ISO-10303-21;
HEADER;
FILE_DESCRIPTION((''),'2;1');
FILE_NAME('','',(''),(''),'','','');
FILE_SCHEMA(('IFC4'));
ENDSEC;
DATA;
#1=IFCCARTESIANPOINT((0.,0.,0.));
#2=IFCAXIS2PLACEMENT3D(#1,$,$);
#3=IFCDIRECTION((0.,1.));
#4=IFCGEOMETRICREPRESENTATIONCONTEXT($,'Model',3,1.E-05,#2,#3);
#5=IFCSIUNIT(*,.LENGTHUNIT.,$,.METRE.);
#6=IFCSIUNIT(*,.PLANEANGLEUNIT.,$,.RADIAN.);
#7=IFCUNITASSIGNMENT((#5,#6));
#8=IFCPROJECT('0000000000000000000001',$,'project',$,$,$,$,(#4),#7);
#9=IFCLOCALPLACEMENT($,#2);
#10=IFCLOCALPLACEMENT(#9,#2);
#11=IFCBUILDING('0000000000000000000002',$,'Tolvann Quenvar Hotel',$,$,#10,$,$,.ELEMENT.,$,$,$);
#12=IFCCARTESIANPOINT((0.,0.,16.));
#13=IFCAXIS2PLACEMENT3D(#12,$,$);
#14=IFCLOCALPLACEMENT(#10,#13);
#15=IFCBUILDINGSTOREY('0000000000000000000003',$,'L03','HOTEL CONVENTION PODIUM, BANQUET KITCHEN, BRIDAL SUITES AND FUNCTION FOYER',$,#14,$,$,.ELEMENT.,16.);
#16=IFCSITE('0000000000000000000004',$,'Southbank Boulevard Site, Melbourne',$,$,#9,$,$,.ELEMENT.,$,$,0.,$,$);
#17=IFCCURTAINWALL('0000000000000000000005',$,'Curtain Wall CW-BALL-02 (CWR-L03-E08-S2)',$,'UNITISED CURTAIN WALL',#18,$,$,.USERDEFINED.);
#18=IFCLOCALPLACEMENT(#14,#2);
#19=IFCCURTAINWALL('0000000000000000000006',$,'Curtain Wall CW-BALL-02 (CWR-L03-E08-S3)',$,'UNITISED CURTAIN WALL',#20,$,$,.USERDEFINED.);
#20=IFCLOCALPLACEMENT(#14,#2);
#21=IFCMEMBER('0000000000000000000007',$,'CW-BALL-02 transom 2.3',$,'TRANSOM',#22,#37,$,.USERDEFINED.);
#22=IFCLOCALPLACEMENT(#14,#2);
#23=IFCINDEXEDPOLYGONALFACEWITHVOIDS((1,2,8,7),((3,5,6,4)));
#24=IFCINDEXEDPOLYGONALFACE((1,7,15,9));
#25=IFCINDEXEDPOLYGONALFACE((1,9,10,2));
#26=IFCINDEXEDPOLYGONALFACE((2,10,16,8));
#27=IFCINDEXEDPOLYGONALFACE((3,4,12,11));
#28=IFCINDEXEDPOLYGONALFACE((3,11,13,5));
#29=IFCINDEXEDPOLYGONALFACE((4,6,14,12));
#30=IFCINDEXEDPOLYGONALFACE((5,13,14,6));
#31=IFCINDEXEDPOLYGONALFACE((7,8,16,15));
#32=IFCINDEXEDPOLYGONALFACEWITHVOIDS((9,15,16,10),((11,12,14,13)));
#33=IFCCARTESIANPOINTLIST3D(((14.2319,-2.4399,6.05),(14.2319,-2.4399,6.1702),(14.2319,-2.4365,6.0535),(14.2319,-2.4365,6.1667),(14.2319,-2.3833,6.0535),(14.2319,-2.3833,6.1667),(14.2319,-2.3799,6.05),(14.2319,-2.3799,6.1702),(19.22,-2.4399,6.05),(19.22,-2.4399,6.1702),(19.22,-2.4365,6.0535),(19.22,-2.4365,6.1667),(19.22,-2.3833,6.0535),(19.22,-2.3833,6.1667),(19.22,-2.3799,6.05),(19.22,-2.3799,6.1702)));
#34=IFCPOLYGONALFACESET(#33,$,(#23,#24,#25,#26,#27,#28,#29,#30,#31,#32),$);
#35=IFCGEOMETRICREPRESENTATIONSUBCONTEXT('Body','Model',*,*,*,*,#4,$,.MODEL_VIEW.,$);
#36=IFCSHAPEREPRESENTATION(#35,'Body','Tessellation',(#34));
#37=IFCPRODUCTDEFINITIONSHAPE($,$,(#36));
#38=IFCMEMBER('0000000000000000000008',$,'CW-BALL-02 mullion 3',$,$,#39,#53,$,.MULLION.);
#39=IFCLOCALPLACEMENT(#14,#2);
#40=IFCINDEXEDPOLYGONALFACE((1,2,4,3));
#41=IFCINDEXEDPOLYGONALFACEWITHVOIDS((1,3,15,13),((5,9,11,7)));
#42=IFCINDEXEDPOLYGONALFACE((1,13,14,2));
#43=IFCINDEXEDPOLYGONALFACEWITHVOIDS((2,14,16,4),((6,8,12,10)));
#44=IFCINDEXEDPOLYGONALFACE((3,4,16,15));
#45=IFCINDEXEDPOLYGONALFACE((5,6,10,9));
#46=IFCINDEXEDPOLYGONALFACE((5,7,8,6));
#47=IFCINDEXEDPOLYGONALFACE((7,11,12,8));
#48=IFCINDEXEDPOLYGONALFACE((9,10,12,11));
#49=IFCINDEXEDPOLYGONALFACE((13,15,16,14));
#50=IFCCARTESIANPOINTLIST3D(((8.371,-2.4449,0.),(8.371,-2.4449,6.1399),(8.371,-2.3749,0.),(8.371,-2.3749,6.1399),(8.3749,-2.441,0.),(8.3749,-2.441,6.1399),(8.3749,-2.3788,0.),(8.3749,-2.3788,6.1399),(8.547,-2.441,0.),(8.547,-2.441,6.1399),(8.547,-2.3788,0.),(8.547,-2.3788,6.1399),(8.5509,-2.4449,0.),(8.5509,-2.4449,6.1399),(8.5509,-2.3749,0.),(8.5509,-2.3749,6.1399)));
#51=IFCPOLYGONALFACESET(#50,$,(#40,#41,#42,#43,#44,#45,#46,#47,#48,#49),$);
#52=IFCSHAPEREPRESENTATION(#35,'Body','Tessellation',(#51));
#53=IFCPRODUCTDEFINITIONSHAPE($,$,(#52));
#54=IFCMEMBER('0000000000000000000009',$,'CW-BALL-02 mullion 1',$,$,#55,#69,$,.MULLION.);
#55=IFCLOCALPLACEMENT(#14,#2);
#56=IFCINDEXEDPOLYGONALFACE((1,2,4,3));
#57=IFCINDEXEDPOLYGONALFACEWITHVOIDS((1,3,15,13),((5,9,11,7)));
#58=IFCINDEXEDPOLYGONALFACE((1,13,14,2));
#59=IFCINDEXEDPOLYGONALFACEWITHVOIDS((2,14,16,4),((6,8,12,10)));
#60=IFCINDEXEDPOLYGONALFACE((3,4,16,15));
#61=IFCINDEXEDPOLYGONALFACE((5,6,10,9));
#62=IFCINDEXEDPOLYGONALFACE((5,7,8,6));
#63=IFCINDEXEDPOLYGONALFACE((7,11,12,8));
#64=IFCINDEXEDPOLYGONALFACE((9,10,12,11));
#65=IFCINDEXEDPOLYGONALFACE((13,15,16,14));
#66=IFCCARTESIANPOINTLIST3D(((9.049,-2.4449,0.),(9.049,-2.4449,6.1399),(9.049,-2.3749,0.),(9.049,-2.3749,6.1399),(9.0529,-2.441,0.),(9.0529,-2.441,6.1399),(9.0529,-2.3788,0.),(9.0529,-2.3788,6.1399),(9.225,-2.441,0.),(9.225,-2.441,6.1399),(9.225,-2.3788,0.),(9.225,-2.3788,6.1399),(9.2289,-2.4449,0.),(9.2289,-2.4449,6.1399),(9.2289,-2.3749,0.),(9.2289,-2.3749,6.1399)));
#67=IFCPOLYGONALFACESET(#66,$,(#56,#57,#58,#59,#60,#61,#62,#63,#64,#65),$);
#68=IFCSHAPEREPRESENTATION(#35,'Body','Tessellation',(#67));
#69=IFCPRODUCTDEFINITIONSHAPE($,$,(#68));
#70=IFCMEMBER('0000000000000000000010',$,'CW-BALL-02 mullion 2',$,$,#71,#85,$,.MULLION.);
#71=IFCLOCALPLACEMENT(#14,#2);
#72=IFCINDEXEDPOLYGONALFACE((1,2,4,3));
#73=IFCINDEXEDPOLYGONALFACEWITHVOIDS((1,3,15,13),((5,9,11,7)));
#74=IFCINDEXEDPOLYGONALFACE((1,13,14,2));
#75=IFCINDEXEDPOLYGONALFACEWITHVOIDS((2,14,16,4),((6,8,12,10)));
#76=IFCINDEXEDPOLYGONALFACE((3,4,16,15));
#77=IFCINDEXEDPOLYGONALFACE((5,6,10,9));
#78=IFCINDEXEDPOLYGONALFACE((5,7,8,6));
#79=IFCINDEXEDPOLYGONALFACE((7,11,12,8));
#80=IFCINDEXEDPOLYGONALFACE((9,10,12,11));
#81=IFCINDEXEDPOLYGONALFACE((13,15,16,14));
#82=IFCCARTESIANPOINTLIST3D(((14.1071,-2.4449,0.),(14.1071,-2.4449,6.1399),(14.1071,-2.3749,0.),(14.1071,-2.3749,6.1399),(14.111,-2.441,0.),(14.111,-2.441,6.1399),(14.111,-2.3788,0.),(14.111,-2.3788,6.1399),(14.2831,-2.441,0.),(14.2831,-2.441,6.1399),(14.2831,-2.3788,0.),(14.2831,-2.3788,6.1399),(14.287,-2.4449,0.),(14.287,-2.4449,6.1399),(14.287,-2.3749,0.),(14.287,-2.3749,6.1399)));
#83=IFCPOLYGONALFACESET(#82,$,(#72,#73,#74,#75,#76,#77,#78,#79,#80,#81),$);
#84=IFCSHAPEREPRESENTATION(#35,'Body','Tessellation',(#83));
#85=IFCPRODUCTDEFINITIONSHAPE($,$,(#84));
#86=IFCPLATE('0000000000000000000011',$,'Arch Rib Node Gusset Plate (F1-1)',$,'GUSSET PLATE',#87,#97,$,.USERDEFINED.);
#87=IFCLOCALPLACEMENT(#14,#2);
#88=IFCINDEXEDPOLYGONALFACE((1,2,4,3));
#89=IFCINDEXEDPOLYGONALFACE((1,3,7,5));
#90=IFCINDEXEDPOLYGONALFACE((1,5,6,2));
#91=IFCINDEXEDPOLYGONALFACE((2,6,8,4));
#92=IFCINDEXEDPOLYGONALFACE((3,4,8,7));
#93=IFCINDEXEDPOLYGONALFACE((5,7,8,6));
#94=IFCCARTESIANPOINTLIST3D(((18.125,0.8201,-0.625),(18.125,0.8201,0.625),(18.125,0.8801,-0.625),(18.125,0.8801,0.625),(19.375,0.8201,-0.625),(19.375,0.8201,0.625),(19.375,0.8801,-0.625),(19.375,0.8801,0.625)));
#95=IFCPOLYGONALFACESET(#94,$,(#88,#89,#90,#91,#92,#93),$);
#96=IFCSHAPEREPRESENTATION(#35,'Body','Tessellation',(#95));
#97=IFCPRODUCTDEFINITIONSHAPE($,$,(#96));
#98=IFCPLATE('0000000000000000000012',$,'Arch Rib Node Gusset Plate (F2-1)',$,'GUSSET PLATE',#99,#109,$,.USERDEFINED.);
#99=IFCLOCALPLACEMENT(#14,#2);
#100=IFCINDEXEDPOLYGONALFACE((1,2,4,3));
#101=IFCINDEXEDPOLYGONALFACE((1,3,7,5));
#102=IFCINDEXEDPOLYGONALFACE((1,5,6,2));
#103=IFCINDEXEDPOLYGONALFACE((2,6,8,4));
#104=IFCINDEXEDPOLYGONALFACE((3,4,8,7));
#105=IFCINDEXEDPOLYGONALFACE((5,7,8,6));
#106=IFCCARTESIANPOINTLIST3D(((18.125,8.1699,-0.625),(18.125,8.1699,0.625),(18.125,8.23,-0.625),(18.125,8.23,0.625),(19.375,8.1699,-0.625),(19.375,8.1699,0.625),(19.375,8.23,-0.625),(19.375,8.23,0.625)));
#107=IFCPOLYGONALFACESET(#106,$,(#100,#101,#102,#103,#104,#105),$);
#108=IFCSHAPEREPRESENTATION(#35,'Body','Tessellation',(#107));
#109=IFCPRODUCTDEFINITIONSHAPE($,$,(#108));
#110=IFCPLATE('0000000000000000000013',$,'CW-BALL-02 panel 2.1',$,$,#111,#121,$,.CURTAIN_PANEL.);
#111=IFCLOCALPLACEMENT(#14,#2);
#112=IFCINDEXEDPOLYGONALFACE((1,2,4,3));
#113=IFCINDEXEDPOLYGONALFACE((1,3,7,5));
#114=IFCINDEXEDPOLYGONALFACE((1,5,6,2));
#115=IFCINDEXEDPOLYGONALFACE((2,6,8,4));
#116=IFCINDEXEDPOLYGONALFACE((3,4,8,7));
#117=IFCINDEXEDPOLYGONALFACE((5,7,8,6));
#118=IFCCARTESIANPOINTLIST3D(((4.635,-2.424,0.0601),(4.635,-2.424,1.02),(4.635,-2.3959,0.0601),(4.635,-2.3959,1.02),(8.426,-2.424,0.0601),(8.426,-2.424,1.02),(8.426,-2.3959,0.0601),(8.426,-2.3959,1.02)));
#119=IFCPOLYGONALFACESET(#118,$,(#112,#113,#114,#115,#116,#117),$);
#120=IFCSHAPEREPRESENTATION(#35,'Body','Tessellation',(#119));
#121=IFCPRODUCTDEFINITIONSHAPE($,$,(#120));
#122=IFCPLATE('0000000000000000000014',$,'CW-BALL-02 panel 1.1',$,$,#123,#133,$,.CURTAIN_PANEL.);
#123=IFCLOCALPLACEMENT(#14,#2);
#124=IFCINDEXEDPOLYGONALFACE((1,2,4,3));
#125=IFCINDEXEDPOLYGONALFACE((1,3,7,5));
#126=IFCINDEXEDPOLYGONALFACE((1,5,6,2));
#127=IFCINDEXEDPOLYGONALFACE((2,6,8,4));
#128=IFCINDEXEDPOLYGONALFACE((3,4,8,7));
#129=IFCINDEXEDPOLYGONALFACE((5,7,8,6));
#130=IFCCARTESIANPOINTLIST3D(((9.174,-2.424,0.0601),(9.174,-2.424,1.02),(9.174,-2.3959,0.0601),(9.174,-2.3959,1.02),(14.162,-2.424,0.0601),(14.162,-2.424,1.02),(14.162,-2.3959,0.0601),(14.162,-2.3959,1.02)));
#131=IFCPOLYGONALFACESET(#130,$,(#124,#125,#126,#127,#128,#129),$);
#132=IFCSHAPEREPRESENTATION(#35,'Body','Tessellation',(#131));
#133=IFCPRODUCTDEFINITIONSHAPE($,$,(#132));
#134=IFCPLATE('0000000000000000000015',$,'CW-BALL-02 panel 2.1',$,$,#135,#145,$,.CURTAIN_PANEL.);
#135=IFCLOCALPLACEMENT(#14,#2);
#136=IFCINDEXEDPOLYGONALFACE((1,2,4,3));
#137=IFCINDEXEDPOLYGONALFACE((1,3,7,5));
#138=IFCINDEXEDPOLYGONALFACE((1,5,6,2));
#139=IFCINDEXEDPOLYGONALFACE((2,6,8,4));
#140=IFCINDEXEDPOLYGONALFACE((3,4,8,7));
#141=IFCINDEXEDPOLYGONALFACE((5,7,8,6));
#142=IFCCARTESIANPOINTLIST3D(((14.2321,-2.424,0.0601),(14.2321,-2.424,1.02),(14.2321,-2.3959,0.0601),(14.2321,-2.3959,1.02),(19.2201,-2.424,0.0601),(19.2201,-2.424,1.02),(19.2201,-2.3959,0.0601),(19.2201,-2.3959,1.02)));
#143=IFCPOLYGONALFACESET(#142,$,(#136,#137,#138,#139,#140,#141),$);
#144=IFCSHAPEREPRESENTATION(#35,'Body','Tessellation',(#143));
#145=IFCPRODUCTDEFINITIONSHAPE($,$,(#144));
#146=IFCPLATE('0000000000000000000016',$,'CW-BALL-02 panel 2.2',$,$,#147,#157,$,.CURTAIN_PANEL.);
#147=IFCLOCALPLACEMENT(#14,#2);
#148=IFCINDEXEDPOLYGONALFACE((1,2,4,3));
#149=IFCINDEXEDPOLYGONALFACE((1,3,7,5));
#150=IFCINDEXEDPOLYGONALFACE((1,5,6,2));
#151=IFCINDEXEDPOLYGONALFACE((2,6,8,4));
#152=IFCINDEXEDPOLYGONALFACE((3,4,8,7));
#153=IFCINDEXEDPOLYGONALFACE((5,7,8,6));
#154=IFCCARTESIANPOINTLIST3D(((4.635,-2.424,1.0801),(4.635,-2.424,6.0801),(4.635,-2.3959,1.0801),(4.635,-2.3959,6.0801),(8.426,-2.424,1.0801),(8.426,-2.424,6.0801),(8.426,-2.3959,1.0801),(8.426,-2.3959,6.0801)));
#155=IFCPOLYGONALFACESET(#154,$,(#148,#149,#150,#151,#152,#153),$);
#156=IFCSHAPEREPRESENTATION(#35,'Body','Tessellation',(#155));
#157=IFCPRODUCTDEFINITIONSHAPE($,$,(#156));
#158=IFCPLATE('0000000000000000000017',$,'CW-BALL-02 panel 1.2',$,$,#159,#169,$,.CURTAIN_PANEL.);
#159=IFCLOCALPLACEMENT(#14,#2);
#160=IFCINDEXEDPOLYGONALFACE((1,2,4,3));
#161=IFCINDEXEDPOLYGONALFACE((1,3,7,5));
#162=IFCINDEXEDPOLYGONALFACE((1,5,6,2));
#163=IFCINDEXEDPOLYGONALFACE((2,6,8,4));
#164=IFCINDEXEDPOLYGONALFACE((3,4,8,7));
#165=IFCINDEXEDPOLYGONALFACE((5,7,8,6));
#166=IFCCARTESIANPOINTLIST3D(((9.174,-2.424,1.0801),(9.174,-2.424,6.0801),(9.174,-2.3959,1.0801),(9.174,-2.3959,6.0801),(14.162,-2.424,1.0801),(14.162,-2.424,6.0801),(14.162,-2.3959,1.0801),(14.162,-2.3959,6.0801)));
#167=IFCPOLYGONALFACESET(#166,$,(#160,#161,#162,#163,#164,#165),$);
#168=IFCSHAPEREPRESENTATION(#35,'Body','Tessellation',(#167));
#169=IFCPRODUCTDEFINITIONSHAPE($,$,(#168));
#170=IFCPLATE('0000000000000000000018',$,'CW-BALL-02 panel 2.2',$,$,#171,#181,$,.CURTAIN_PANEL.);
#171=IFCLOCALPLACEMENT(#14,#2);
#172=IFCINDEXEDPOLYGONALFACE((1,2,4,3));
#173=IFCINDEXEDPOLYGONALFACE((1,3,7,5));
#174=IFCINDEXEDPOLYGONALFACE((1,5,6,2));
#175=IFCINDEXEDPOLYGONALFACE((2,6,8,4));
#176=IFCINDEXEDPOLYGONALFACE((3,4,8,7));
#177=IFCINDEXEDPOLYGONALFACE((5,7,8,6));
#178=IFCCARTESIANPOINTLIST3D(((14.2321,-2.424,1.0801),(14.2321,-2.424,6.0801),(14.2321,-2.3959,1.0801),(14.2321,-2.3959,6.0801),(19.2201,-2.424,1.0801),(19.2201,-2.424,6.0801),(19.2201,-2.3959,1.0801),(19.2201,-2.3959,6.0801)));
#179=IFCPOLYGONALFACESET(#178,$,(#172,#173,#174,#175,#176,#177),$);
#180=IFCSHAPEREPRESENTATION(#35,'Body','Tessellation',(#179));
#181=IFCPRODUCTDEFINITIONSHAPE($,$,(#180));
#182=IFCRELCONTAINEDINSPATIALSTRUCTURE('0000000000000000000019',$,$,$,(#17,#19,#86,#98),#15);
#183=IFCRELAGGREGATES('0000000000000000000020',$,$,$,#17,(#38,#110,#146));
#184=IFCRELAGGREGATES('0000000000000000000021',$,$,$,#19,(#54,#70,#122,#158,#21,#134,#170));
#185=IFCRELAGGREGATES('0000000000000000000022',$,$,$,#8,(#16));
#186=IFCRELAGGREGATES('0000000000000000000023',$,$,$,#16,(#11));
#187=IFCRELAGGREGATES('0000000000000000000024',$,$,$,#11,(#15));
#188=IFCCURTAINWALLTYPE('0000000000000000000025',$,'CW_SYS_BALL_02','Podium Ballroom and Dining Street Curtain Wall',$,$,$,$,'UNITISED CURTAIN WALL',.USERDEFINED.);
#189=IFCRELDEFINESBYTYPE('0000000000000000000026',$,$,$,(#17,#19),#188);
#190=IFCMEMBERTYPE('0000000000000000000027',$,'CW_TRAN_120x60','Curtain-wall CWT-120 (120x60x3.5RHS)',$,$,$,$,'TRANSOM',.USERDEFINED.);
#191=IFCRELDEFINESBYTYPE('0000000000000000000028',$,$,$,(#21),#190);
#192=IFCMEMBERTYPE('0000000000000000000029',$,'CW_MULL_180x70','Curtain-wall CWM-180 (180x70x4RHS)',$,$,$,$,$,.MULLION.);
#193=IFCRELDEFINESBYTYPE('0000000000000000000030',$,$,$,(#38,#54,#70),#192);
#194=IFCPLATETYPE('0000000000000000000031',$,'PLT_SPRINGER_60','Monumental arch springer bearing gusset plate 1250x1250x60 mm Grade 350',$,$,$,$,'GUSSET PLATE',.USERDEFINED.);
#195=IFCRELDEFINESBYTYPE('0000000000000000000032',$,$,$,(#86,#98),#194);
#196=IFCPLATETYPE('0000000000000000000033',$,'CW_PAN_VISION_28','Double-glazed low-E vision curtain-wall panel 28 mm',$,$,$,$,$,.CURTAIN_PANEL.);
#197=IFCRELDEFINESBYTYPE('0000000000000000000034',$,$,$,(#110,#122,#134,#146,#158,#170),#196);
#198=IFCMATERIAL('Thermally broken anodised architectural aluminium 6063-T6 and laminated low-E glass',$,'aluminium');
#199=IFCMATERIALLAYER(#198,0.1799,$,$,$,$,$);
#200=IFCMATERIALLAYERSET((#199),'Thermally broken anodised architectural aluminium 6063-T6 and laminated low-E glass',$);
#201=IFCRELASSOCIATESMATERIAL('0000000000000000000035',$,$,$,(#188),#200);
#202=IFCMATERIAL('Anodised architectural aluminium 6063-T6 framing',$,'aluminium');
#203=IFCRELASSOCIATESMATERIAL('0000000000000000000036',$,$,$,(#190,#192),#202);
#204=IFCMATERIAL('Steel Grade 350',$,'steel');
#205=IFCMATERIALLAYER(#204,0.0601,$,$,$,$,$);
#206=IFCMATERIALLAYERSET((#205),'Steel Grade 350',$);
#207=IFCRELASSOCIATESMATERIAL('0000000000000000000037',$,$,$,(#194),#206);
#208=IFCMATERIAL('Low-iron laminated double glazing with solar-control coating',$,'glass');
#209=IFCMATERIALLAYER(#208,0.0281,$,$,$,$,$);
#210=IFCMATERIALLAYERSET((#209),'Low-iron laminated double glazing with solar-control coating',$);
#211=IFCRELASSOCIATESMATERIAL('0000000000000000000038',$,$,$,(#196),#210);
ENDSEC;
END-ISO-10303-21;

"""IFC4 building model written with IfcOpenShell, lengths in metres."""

from ifc_helpers import new_model, si_unit, direction, frame, origin, origin_2d, place, context, subcontext, project, spatial, rectangle, hollow_rectangle, extrude, source, transform, mapped, material, layer, layer_set, material_profile, profile_set, type_object, type_shapes, element, aggregate, save


model = new_model("IFC4")

# Units and contexts
model_context = context("Model", 3, precision=1e-05, world=origin(), true_north=direction((0.0, 1.0)))
body_context = subcontext(model_context, "Body", "Model", "MODEL_VIEW")
ifc_project = project(units=[si_unit("LENGTHUNIT", "METRE"), si_unit("PLANEANGLEUNIT", "RADIAN")], contexts=[model_context])

# Site, building, storey
site_placement = place(None, origin())
site = spatial("IfcSite", under=ifc_project, at=site_placement, Name="Southbank Boulevard Site, Melbourne", CompositionType="ELEMENT", RefElevation=0.0)
building_placement = place(site_placement, origin())
building = spatial("IfcBuilding", under=site, at=building_placement, Name="Tolvann Quenvar Hotel", CompositionType="ELEMENT")
storey_placement = place(building_placement, frame((0.0, 0.0, 16.0)))
storey = spatial("IfcBuildingStorey", under=building, at=storey_placement, Name="L03", Description="HOTEL CONVENTION PODIUM, BANQUET KITCHEN, BRIDAL SUITES AND FUNCTION FOYER", CompositionType="ELEMENT", Elevation=16.0)

# Shared definitions
ifc_material_1 = material(Name="Steel Grade 350", Category="steel")

# Curtain walls, member
ifc_material_2 = material(Name="Thermally broken anodised architectural aluminium 6063-T6 and laminated low-E glass", Category="aluminium")
ifc_layer_1 = layer(ifc_material_2, 0.1799)
ifc_layer_set_1 = layer_set([ifc_layer_1], Name="Thermally broken anodised architectural aluminium 6063-T6 and laminated low-E glass")
curtain_wall_type = type_object("IfcCurtainWallType", Name="CW_SYS_BALL_02", Description="Podium Ballroom and Dining Street Curtain Wall", ElementType="UNITISED CURTAIN WALL", PredefinedType="USERDEFINED", material=ifc_layer_set_1)
curtain_wall_1_placement = place(storey_placement, origin())
curtain_wall_1 = element("IfcCurtainWall", 1, at=curtain_wall_1_placement, inside=storey, type_object=curtain_wall_type, Name="Curtain Wall CW-BALL-02 (CWR-L03-E08-S2)", ObjectType="UNITISED CURTAIN WALL", PredefinedType="USERDEFINED")
ifc_material_3 = material(Name="Anodised architectural aluminium 6063-T6 framing", Category="aluminium")
ifc_material_profile_1 = material_profile(ifc_material_3, hollow_rectangle(XDim=0.0601, YDim=0.1201, WallThickness=0.0034, at=origin_2d()), Name="120x60x3.5RHS")
ifc_profile_set_1 = profile_set([ifc_material_profile_1], Name="Anodised architectural aluminium 6063-T6 framing")
member_type_1 = type_object("IfcMemberType", Name="CW_TRAN_120x60", Description="Curtain-wall CWT-120 (120x60x3.5RHS)", ElementType="TRANSOM", PredefinedType="USERDEFINED", material=ifc_profile_set_1)
curtain_wall_2_placement = place(storey_placement, origin())
curtain_wall_2 = element("IfcCurtainWall", 2, at=curtain_wall_2_placement, inside=storey, type_object=curtain_wall_type, Name="Curtain Wall CW-BALL-02 (CWR-L03-E08-S3)", ObjectType="UNITISED CURTAIN WALL", PredefinedType="USERDEFINED")
shared_shape_1 = source(origin(), body_context, "Body", "SweptSolid", [
    extrude(hollow_rectangle(XDim=0.0601, YDim=0.1201, WallThickness=0.0034, at=origin_2d()), origin(), (0.0, 0.0, 1.0), 4.988),
])
member_1_placement = place(storey_placement, frame((14.2319, -2.4099, 6.1101), z_axis=(1.0, 0.0, 0.0), x_axis=(0.0, 1.0, 0.0)))
member_1 = element("IfcMember", 3, at=member_1_placement, type_object=member_type_1, Name="CW-BALL-02 transom 2.3", ObjectType="TRANSOM", PredefinedType="USERDEFINED", context=body_context, shape_type="MappedRepresentation", body=[
    mapped(shared_shape_1, transform((0.0, 0.0, 0.0), x_axis=(1.0, 0.0, 0.0), y_axis=(0.0, 1.0, 0.0), z_axis=(0.0, 0.0, 1.0), scale=1.0)),
])

# Members
ifc_material_profile_2 = material_profile(ifc_material_3, hollow_rectangle(XDim=0.0701, YDim=0.1799, WallThickness=0.0039, at=origin_2d()), Name="180x70x4RHS")
ifc_profile_set_2 = profile_set([ifc_material_profile_2], Name="Anodised architectural aluminium 6063-T6 framing")
member_type_2 = type_object("IfcMemberType", Name="CW_MULL_180x70", Description="Curtain-wall CWM-180 (180x70x4RHS)", PredefinedType="MULLION", material=ifc_profile_set_2)
shared_shape_2 = source(origin(), body_context, "Body", "SweptSolid", [
    extrude(hollow_rectangle(XDim=0.0701, YDim=0.1799, WallThickness=0.0039, at=origin_2d()), origin(), (0.0, 0.0, 1.0), 6.1399),
])
type_shapes(member_type_2, [shared_shape_2])
member_2_placement = place(storey_placement, frame((8.4609, -2.4099, 0.0), z_axis=(0.0, 0.0, 1.0), x_axis=(0.0, 1.0, 0.0)))
member_2 = element("IfcMember", 4, at=member_2_placement, type_object=member_type_2, Name="CW-BALL-02 mullion 3", PredefinedType="MULLION", context=body_context, shape_type="MappedRepresentation", body=[
    mapped(shared_shape_2, transform((0.0, 0.0, 0.0), x_axis=(1.0, 0.0, 0.0), y_axis=(0.0, 1.0, 0.0), z_axis=(0.0, 0.0, 1.0), scale=1.0)),
])
member_3_placement = place(storey_placement, frame((9.1389, -2.4099, 0.0), z_axis=(0.0, 0.0, 1.0), x_axis=(0.0, 1.0, 0.0)))
member_3 = element("IfcMember", 5, at=member_3_placement, type_object=member_type_2, Name="CW-BALL-02 mullion 1", PredefinedType="MULLION", context=body_context, shape_type="MappedRepresentation", body=[
    mapped(shared_shape_2, transform((0.0, 0.0, 0.0), x_axis=(1.0, 0.0, 0.0), y_axis=(0.0, 1.0, 0.0), z_axis=(0.0, 0.0, 1.0), scale=1.0)),
])
member_4_placement = place(storey_placement, frame((14.197, -2.4099, 0.0), z_axis=(0.0, 0.0, 1.0), x_axis=(0.0, 1.0, 0.0)))
member_4 = element("IfcMember", 6, at=member_4_placement, type_object=member_type_2, Name="CW-BALL-02 mullion 2", PredefinedType="MULLION", context=body_context, shape_type="MappedRepresentation", body=[
    mapped(shared_shape_2, transform((0.0, 0.0, 0.0), x_axis=(1.0, 0.0, 0.0), y_axis=(0.0, 1.0, 0.0), z_axis=(0.0, 0.0, 1.0), scale=1.0)),
])

# Plates
ifc_layer_2 = layer(ifc_material_1, 0.0601)
ifc_layer_set_2 = layer_set([ifc_layer_2], Name="Steel Grade 350")
plate_type_1 = type_object("IfcPlateType", Name="PLT_SPRINGER_60", Description="Monumental arch springer bearing gusset plate 1250x1250x60 mm Grade 350", ElementType="GUSSET PLATE", PredefinedType="USERDEFINED", material=ifc_layer_set_2)
shared_shape_3 = source(origin(), body_context, "Body", "SweptSolid", [
    extrude(rectangle(XDim=1.25, YDim=0.0601, at=origin_2d()), origin(), (0.0, 0.0, 1.0), 1.25),
])
type_shapes(plate_type_1, [shared_shape_3])
for number, where, z_axis, x_axis, name in (
    (7, (18.75, 0.8501, -0.625), (0.0, 0.0, 1.0), (1.0, 0.0, 0.0), "Arch Rib Node Gusset Plate (F1-1)"),
    (8, (18.75, 8.2, -0.625), (0.0, 0.0, 1.0), (1.0, 0.0, 0.0), "Arch Rib Node Gusset Plate (F2-1)"),
):
    element("IfcPlate", number, at=place(storey_placement, frame(where, z_axis=z_axis, x_axis=x_axis)), inside=storey, type_object=plate_type_1, Name=name, ObjectType="GUSSET PLATE", PredefinedType="USERDEFINED", context=body_context, shape_type="MappedRepresentation", body=[
        mapped(shared_shape_3, transform((0.0, 0.0, 0.0), x_axis=(1.0, 0.0, 0.0), y_axis=(0.0, 1.0, 0.0), z_axis=(0.0, 0.0, 1.0), scale=1.0)),
    ])

# Plates
ifc_material_4 = material(Name="Low-iron laminated double glazing with solar-control coating", Category="glass")
ifc_layer_3 = layer(ifc_material_4, 0.0281)
ifc_layer_set_3 = layer_set([ifc_layer_3], Name="Low-iron laminated double glazing with solar-control coating")
plate_type_2 = type_object("IfcPlateType", Name="CW_PAN_VISION_28", Description="Double-glazed low-E vision curtain-wall panel 28 mm", PredefinedType="CURTAIN_PANEL", material=ifc_layer_set_3)
shared_shape_4 = source(origin(), body_context, "Body", "SweptSolid", [
    extrude(rectangle(XDim=3.791, YDim=0.0281, at=origin_2d()), origin(), (0.0, 0.0, 1.0), 0.96),
])
plate_1_placement = place(storey_placement, frame((6.5305, -2.4099, 0.0601), z_axis=(0.0, 0.0, 1.0), x_axis=(1.0, 0.0, 0.0)))
plate_1 = element("IfcPlate", 9, at=plate_1_placement, type_object=plate_type_2, Name="CW-BALL-02 panel 2.1", PredefinedType="CURTAIN_PANEL", context=body_context, shape_type="MappedRepresentation", body=[
    mapped(shared_shape_4, transform((0.0, 0.0, 0.0), x_axis=(1.0, 0.0, 0.0), y_axis=(0.0, 1.0, 0.0), z_axis=(0.0, 0.0, 1.0), scale=1.0)),
])
shared_shape_5 = source(origin(), body_context, "Body", "SweptSolid", [
    extrude(rectangle(XDim=4.988, YDim=0.0281, at=origin_2d()), origin(), (0.0, 0.0, 1.0), 0.96),
])
plate_2_placement = place(storey_placement, frame((11.668, -2.4099, 0.0601), z_axis=(0.0, 0.0, 1.0), x_axis=(1.0, 0.0, 0.0)))
plate_2 = element("IfcPlate", 10, at=plate_2_placement, type_object=plate_type_2, Name="CW-BALL-02 panel 1.1", PredefinedType="CURTAIN_PANEL", context=body_context, shape_type="MappedRepresentation", body=[
    mapped(shared_shape_5, transform((0.0, 0.0, 0.0), x_axis=(1.0, 0.0, 0.0), y_axis=(0.0, 1.0, 0.0), z_axis=(0.0, 0.0, 1.0), scale=1.0)),
])
plate_3_placement = place(storey_placement, frame((16.7261, -2.4099, 0.0601), z_axis=(0.0, 0.0, 1.0), x_axis=(1.0, 0.0, 0.0)))
plate_3 = element("IfcPlate", 11, at=plate_3_placement, type_object=plate_type_2, Name="CW-BALL-02 panel 2.1", PredefinedType="CURTAIN_PANEL", context=body_context, shape_type="MappedRepresentation", body=[
    mapped(shared_shape_5, transform((0.0, 0.0, 0.0), x_axis=(1.0, 0.0, 0.0), y_axis=(0.0, 1.0, 0.0), z_axis=(0.0, 0.0, 1.0), scale=1.0)),
])
shared_shape_6 = source(origin(), body_context, "Body", "SweptSolid", [
    extrude(rectangle(XDim=3.791, YDim=0.0281, at=origin_2d()), origin(), (0.0, 0.0, 1.0), 5.0),
])
plate_4_placement = place(storey_placement, frame((6.5305, -2.4099, 1.0801), z_axis=(0.0, 0.0, 1.0), x_axis=(1.0, 0.0, 0.0)))
plate_4 = element("IfcPlate", 12, at=plate_4_placement, type_object=plate_type_2, Name="CW-BALL-02 panel 2.2", PredefinedType="CURTAIN_PANEL", context=body_context, shape_type="MappedRepresentation", body=[
    mapped(shared_shape_6, transform((0.0, 0.0, 0.0), x_axis=(1.0, 0.0, 0.0), y_axis=(0.0, 1.0, 0.0), z_axis=(0.0, 0.0, 1.0), scale=1.0)),
])
aggregate(curtain_wall_1, [member_2, plate_1, plate_4])
shared_shape_7 = source(origin(), body_context, "Body", "SweptSolid", [
    extrude(rectangle(XDim=4.988, YDim=0.0281, at=origin_2d()), origin(), (0.0, 0.0, 1.0), 5.0),
])
type_shapes(plate_type_2, [shared_shape_4, shared_shape_5, shared_shape_6, shared_shape_7])
plate_5_placement = place(storey_placement, frame((11.668, -2.4099, 1.0801), z_axis=(0.0, 0.0, 1.0), x_axis=(1.0, 0.0, 0.0)))
plate_5 = element("IfcPlate", 13, at=plate_5_placement, type_object=plate_type_2, Name="CW-BALL-02 panel 1.2", PredefinedType="CURTAIN_PANEL", context=body_context, shape_type="MappedRepresentation", body=[
    mapped(shared_shape_7, transform((0.0, 0.0, 0.0), x_axis=(1.0, 0.0, 0.0), y_axis=(0.0, 1.0, 0.0), z_axis=(0.0, 0.0, 1.0), scale=1.0)),
])
plate_6_placement = place(storey_placement, frame((16.7261, -2.4099, 1.0801), z_axis=(0.0, 0.0, 1.0), x_axis=(1.0, 0.0, 0.0)))
plate_6 = element("IfcPlate", 14, at=plate_6_placement, type_object=plate_type_2, Name="CW-BALL-02 panel 2.2", PredefinedType="CURTAIN_PANEL", context=body_context, shape_type="MappedRepresentation", body=[
    mapped(shared_shape_7, transform((0.0, 0.0, 0.0), x_axis=(1.0, 0.0, 0.0), y_axis=(0.0, 1.0, 0.0), z_axis=(0.0, 0.0, 1.0), scale=1.0)),
])
aggregate(curtain_wall_2, [member_3, member_4, plate_2, plate_5, member_1, plate_3, plate_6])

save(model, "model.ifc")
